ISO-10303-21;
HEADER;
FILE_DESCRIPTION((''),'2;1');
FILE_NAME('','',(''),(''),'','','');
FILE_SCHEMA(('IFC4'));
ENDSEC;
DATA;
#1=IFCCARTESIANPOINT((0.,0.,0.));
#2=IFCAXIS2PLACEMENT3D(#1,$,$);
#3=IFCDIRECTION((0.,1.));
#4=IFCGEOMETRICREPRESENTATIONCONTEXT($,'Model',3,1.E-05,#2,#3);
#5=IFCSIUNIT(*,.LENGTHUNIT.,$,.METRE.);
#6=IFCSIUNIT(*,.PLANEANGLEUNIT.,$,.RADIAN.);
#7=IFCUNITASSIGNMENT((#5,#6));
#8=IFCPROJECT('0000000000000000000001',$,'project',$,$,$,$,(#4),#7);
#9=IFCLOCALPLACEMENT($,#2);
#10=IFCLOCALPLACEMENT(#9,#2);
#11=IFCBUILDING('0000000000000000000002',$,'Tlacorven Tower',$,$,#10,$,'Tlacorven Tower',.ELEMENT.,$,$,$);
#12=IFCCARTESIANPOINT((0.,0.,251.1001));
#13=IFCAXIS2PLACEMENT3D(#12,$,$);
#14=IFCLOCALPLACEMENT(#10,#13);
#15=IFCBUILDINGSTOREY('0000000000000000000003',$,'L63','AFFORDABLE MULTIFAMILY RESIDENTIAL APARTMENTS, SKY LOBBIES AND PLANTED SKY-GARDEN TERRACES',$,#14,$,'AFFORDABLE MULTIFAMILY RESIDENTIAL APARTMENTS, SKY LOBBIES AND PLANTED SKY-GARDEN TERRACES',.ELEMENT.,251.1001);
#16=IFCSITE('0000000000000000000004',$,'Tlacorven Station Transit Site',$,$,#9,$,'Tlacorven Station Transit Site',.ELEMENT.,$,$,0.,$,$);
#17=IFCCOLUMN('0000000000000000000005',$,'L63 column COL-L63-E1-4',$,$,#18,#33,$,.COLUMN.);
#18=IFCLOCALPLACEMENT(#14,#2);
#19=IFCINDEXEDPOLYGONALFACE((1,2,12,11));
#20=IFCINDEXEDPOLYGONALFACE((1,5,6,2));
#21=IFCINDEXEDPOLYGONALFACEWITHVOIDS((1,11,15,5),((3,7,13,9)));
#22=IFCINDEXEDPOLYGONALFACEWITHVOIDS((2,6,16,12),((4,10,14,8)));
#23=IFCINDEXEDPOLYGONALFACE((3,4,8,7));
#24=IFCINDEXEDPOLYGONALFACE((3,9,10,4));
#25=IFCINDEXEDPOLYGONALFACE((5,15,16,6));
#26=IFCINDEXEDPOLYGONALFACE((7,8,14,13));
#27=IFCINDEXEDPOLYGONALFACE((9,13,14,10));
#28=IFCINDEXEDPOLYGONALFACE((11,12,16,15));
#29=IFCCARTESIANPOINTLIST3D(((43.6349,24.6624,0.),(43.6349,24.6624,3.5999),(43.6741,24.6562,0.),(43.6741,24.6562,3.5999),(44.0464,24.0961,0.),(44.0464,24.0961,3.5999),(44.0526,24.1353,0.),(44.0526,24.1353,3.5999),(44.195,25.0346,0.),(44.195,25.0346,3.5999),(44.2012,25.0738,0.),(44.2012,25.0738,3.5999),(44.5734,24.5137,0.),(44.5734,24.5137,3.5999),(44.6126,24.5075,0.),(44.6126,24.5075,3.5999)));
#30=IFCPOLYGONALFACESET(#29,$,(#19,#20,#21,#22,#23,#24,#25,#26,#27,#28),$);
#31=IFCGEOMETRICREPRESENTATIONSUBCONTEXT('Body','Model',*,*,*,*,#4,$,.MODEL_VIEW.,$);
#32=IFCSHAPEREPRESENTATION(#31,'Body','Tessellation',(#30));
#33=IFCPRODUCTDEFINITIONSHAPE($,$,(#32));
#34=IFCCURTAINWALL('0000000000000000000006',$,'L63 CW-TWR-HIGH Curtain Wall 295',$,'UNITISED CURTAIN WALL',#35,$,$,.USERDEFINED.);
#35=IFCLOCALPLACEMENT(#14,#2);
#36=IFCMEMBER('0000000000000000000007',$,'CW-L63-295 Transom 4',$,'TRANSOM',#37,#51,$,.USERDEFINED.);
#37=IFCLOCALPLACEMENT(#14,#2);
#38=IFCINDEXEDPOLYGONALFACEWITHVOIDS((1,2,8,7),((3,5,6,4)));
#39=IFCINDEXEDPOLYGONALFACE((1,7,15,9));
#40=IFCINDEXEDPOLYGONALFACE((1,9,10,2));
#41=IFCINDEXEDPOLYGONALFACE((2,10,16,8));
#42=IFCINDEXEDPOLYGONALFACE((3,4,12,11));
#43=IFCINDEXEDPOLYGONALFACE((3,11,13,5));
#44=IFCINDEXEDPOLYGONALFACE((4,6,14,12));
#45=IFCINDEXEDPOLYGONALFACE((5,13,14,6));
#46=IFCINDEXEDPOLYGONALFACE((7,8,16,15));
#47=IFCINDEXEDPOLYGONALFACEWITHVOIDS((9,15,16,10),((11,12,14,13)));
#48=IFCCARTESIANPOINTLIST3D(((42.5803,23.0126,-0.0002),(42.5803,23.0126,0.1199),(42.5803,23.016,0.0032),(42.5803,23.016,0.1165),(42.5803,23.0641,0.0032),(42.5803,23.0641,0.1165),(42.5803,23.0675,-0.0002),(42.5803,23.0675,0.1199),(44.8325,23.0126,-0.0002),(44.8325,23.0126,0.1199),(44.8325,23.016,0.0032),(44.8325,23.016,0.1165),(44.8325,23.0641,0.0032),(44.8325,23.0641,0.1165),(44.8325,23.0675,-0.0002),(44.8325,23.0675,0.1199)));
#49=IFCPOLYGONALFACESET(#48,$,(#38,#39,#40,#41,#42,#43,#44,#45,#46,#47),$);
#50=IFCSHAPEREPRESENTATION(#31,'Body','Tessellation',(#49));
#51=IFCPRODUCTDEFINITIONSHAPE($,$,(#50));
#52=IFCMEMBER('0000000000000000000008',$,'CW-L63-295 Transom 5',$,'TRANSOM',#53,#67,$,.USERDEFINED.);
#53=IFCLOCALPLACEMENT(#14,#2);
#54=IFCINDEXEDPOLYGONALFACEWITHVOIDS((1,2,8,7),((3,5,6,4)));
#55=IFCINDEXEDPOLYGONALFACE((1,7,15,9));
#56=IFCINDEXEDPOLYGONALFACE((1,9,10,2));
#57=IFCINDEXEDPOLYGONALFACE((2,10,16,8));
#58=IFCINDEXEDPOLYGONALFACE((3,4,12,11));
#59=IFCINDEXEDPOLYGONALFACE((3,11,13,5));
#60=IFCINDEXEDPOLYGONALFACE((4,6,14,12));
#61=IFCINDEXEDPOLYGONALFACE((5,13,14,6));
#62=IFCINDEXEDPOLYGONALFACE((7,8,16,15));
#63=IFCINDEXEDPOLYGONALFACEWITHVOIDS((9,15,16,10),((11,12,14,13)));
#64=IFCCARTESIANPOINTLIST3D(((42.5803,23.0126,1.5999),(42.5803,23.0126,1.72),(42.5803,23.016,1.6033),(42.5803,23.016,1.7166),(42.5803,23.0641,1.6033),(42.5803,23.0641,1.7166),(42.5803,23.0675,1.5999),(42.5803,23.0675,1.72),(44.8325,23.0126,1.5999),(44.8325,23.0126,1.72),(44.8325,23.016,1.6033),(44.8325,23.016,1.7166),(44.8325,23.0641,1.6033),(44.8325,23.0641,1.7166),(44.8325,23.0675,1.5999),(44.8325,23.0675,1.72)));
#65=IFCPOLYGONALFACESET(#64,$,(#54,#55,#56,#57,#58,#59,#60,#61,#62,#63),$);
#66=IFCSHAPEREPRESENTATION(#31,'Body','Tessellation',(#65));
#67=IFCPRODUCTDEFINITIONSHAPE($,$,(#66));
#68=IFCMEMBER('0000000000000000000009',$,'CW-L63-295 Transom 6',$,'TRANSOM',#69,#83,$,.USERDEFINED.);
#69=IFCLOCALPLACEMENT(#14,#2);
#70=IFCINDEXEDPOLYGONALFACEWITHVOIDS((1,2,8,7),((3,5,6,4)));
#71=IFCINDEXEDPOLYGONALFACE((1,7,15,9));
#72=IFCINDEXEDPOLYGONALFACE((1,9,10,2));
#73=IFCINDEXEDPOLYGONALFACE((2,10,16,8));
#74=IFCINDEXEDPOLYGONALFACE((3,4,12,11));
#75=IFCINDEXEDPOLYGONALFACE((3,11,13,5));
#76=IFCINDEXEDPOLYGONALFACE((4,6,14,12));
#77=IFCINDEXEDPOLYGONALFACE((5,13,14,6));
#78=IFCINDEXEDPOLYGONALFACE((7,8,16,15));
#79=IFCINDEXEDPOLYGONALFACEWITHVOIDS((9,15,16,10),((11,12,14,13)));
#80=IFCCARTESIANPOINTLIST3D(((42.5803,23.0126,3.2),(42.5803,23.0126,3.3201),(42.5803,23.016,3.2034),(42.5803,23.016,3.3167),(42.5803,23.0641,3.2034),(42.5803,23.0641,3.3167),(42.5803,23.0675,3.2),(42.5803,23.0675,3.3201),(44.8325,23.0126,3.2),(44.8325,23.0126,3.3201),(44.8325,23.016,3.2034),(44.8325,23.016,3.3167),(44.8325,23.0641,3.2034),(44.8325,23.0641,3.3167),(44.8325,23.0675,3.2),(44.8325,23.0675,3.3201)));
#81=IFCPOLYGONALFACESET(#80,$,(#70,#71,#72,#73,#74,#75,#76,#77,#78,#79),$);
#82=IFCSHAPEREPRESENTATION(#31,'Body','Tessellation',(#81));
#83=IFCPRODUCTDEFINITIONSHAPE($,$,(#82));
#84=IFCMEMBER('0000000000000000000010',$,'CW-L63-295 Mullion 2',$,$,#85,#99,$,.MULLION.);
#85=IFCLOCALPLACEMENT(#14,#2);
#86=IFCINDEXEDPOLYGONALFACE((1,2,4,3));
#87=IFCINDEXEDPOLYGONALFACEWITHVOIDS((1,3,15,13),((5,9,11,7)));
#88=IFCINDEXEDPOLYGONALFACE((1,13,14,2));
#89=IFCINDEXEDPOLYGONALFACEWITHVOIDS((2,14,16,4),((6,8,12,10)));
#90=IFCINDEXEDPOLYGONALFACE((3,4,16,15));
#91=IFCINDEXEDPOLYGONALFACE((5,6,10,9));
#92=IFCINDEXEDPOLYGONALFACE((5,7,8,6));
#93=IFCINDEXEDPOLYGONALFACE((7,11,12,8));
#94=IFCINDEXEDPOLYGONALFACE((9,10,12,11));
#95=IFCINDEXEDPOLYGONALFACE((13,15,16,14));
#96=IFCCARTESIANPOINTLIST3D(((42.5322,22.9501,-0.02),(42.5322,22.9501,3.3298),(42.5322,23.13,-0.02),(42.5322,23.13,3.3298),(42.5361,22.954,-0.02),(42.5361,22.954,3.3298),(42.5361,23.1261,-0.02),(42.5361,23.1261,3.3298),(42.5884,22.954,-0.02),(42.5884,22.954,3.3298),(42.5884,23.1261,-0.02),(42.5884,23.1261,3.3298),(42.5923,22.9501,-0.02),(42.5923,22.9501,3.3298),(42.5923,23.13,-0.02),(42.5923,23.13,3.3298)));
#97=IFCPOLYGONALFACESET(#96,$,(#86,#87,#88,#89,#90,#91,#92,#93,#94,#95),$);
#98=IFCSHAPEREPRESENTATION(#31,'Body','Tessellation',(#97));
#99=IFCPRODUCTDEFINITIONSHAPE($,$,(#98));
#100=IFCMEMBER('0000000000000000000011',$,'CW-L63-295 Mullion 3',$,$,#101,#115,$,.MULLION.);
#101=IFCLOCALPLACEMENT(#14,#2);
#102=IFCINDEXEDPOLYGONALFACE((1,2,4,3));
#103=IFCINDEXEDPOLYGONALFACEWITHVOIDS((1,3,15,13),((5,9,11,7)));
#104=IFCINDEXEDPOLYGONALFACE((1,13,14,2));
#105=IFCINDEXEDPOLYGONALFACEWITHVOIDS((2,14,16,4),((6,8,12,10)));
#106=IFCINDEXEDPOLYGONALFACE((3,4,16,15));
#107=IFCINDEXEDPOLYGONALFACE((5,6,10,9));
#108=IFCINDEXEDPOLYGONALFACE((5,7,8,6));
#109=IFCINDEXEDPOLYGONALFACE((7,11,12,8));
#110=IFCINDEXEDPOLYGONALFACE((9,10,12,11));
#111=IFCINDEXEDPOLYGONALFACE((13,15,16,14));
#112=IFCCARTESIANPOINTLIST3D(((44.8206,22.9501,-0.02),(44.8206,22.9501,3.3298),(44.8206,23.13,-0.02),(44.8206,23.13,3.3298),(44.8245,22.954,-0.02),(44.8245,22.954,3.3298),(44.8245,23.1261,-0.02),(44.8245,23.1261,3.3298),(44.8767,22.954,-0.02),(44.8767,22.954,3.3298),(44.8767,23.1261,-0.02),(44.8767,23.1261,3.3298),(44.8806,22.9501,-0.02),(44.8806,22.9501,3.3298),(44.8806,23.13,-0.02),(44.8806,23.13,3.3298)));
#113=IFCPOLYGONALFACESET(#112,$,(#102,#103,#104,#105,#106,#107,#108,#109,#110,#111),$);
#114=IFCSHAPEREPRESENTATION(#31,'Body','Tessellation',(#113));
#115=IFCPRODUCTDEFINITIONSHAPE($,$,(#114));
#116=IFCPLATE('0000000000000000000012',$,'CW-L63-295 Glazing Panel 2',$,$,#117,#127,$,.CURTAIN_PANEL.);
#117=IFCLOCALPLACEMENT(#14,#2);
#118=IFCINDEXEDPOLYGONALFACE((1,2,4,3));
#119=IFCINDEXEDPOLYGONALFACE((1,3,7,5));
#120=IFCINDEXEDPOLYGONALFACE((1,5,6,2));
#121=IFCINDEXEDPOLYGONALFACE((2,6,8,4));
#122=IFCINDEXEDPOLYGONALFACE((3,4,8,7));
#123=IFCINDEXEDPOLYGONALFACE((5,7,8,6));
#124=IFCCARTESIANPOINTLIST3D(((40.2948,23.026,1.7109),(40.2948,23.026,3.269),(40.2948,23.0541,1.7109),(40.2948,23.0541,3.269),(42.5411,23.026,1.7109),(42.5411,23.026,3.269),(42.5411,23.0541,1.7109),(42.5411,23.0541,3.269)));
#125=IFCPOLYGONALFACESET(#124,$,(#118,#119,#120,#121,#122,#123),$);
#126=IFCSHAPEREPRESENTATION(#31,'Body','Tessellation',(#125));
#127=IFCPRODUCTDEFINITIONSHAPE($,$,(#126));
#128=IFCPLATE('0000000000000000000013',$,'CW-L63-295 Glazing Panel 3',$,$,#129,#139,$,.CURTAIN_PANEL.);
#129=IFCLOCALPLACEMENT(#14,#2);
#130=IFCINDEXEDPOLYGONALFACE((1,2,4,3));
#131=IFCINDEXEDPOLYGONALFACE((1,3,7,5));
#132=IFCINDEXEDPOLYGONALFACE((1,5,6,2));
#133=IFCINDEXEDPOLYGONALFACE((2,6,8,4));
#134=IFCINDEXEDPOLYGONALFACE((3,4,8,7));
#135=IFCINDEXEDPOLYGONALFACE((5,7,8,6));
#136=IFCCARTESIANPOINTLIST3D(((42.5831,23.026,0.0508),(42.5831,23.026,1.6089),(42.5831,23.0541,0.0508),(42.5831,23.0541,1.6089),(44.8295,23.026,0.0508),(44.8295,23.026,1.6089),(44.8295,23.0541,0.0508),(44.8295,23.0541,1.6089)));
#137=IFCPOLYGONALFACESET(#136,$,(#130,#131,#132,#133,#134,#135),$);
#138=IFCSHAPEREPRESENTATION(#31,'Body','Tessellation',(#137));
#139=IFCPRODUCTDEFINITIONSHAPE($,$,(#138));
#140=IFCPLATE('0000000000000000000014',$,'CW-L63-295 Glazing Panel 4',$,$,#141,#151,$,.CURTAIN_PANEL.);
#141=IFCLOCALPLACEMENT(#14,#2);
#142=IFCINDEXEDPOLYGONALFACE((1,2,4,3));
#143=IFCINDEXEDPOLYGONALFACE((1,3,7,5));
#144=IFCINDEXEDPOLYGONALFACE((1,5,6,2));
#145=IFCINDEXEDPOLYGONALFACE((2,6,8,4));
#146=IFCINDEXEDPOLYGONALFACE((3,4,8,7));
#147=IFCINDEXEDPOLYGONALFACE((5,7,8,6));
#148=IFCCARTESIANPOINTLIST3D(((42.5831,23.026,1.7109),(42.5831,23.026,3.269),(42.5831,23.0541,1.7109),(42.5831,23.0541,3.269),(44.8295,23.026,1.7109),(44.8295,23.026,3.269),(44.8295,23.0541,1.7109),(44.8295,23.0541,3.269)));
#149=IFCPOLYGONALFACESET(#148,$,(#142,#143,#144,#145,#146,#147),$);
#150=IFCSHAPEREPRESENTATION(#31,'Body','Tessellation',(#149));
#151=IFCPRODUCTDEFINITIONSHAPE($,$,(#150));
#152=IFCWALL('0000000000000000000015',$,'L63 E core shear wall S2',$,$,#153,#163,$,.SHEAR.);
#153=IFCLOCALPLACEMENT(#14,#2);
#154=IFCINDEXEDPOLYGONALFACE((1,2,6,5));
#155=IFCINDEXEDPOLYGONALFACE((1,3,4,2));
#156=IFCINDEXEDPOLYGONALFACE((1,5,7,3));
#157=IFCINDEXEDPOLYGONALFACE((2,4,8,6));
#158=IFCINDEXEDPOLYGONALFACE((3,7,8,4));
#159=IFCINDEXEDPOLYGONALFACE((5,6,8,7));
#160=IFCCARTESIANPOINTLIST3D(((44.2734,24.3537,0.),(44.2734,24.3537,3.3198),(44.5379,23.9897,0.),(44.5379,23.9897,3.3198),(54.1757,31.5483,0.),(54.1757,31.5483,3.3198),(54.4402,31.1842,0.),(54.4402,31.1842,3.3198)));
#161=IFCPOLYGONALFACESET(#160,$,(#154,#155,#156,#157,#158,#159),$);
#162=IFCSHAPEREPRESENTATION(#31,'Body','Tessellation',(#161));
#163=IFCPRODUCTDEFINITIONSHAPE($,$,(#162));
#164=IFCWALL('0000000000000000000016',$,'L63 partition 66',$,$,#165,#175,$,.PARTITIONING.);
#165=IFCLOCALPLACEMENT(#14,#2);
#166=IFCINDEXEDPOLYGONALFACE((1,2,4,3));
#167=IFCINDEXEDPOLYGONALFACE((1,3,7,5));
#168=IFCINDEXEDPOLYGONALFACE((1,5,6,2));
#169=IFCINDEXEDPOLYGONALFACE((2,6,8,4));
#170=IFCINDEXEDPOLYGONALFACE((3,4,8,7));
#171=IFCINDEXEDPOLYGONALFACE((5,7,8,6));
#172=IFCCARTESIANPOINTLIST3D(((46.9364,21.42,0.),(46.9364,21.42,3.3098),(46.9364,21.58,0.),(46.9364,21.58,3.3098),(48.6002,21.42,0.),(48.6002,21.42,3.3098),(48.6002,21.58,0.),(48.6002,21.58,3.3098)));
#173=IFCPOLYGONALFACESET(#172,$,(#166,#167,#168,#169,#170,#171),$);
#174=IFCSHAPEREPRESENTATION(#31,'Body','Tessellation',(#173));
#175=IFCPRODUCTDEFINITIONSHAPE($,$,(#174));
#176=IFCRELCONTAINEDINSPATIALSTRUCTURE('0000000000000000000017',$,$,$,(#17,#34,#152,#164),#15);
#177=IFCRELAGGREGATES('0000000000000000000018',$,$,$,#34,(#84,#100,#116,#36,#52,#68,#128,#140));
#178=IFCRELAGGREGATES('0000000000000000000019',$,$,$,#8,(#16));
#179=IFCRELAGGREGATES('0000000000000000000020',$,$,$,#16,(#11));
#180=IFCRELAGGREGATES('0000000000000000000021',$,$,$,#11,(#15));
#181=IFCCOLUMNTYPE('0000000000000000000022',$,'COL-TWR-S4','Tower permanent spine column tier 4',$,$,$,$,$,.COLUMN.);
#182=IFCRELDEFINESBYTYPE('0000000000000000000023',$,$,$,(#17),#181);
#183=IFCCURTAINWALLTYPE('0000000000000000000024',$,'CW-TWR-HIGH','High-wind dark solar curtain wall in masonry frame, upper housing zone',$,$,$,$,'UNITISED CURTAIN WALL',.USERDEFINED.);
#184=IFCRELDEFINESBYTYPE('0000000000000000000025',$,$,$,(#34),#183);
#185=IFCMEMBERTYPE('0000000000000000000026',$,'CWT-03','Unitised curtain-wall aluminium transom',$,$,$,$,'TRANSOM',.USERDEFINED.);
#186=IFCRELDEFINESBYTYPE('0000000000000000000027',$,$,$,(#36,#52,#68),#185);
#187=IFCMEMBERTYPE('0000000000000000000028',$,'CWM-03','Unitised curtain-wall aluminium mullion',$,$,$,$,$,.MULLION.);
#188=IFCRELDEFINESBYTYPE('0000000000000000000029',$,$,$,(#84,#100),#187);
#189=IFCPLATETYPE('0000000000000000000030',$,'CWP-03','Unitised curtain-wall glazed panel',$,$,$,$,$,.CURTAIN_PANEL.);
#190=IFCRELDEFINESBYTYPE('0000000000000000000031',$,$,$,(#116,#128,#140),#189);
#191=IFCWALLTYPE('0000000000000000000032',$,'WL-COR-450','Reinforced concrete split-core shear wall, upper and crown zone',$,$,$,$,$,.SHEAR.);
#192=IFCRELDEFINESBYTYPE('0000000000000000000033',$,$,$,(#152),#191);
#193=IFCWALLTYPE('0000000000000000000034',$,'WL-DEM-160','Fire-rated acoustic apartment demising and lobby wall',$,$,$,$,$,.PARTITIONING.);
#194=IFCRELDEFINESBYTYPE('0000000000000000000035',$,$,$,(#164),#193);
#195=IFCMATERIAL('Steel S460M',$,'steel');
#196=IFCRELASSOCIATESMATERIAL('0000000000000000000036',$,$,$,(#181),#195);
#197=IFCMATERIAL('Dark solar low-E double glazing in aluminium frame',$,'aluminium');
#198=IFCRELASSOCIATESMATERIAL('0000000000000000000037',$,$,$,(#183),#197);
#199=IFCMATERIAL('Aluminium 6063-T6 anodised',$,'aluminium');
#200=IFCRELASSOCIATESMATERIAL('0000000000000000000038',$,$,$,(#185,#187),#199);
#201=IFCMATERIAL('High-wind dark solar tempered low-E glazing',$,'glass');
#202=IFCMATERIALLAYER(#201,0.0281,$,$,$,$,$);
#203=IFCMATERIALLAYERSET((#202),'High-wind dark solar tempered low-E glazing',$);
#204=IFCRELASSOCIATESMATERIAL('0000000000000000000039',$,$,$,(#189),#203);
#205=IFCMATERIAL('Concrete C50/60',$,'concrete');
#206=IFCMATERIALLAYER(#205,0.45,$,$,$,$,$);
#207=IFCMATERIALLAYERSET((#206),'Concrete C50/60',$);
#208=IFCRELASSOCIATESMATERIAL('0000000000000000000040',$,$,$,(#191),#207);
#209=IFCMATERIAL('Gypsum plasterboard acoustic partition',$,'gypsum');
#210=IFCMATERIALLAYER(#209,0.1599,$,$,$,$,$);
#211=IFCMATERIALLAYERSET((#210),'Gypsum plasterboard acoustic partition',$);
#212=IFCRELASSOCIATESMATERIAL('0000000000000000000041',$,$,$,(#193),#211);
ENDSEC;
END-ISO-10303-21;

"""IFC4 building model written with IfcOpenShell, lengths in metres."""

from ifc_helpers import new_model, si_unit, direction, frame, frame_2d, origin, origin_2d, place, context, subcontext, project, spatial, rectangle, hollow_rectangle, extrude, source, transform, mapped, material, layer, layer_set, material_profile, profile_set, type_object, element, aggregate, save


model = new_model("IFC4")

# Units and contexts
model_context = context("Model", 3, precision=1e-05, world=origin(), true_north=direction((0.0, 1.0)))
body_context = subcontext(model_context, "Body", "Model", "MODEL_VIEW")
ifc_project = project(units=[si_unit("LENGTHUNIT", "METRE"), si_unit("PLANEANGLEUNIT", "RADIAN")], contexts=[model_context])

# Site, building, storey
site_placement = place(None, origin())
site = spatial("IfcSite", under=ifc_project, at=site_placement, Name="Tlacorven Station Transit Site", LongName="Tlacorven Station Transit Site", CompositionType="ELEMENT", RefElevation=0.0)
building_placement = place(site_placement, origin())
building = spatial("IfcBuilding", under=site, at=building_placement, Name="Tlacorven Tower", LongName="Tlacorven Tower", CompositionType="ELEMENT")
storey_placement = place(building_placement, frame((0.0, 0.0, 251.1001)))
storey = spatial("IfcBuildingStorey", under=building, at=storey_placement, Name="L63", Description="AFFORDABLE MULTIFAMILY RESIDENTIAL APARTMENTS, SKY LOBBIES AND PLANTED SKY-GARDEN TERRACES", LongName="AFFORDABLE MULTIFAMILY RESIDENTIAL APARTMENTS, SKY LOBBIES AND PLANTED SKY-GARDEN TERRACES", CompositionType="ELEMENT", Elevation=251.1001)

# Column
ifc_material_1 = material(Name="Steel S460M", Category="steel")
ifc_material_profile_1 = material_profile(ifc_material_1, hollow_rectangle(XDim=0.7, YDim=0.7, WallThickness=0.0281, at=origin_2d()), Name="BOX 700X700X28")
ifc_profile_set_1 = profile_set([ifc_material_profile_1], Name="Steel S460M")
column_type = type_object("IfcColumnType", Name="COL-TWR-S4", Description="Tower permanent spine column tier 4", PredefinedType="COLUMN", material=ifc_profile_set_1)
shared_shape_1 = source(origin(), body_context, "Body", "SweptSolid", [
    extrude(hollow_rectangle(XDim=0.7, YDim=0.7, WallThickness=0.0281, at=origin_2d()), origin(), (0.0, 0.0, 1.0), 3.5999),
])
column_placement = place(storey_placement, frame((44.1238, 24.585, 0.0), z_axis=(0.0, 0.0, 1.0), x_axis=(0.809017, 0.587785, 0.0)))
element("IfcColumn", 1, at=column_placement, inside=storey, type_object=column_type, Name="L63 column COL-L63-E1-4", PredefinedType="COLUMN", context=body_context, shape_type="MappedRepresentation", body=[
    mapped(shared_shape_1, transform((0.0, 0.0, 0.0), scale=1.0)),
])

# Curtain wall, members, plates
ifc_material_2 = material(Name="Dark solar low-E double glazing in aluminium frame", Category="aluminium")
curtain_wall_type = type_object("IfcCurtainWallType", Name="CW-TWR-HIGH", Description="High-wind dark solar curtain wall in masonry frame, upper housing zone", ElementType="UNITISED CURTAIN WALL", PredefinedType="USERDEFINED", material=ifc_material_2)
curtain_wall_placement = place(storey_placement, origin())
curtain_wall = element("IfcCurtainWall", 2, at=curtain_wall_placement, inside=storey, type_object=curtain_wall_type, Name="L63 CW-TWR-HIGH Curtain Wall 295", ObjectType="UNITISED CURTAIN WALL", PredefinedType="USERDEFINED")
ifc_material_3 = material(Name="Aluminium 6063-T6 anodised", Category="aluminium")
ifc_material_profile_2 = material_profile(ifc_material_3, hollow_rectangle(XDim=0.0549, YDim=0.1201, WallThickness=0.0034, at=origin_2d()), Name="ALU TRANSOM 55X120")
ifc_profile_set_2 = profile_set([ifc_material_profile_2], Name="Aluminium 6063-T6 anodised")
member_type_1 = type_object("IfcMemberType", Name="CWT-03", Description="Unitised curtain-wall aluminium transom", ElementType="TRANSOM", PredefinedType="USERDEFINED", material=ifc_profile_set_2)
shared_shape_2 = source(origin(), body_context, "Body", "SweptSolid", [
    extrude(hollow_rectangle(XDim=0.0549, YDim=0.1201, WallThickness=0.0034, at=origin_2d()), origin(), (0.0, 0.0, 1.0), 2.2522),
])
member_1_placement = place(storey_placement, frame((42.5803, 23.04, 0.0598), z_axis=(1.0, 0.0, 0.0), x_axis=(0.0, 1.0, 0.0)))
member_1 = element("IfcMember", 3, at=member_1_placement, type_object=member_type_1, Name="CW-L63-295 Transom 4", ObjectType="TRANSOM", PredefinedType="USERDEFINED", context=body_context, shape_type="MappedRepresentation", body=[
    mapped(shared_shape_2, transform((0.0, 0.0, 0.0), scale=1.0)),
])
member_2_placement = place(storey_placement, frame((42.5803, 23.04, 1.6599), z_axis=(1.0, 0.0, 0.0), x_axis=(0.0, 1.0, 0.0)))
member_2 = element("IfcMember", 4, at=member_2_placement, type_object=member_type_1, Name="CW-L63-295 Transom 5", ObjectType="TRANSOM", PredefinedType="USERDEFINED", context=body_context, shape_type="MappedRepresentation", body=[
    mapped(shared_shape_2, transform((0.0, 0.0, 0.0), scale=1.0)),
])
member_3_placement = place(storey_placement, frame((42.5803, 23.04, 3.26), z_axis=(1.0, 0.0, 0.0), x_axis=(0.0, 1.0, 0.0)))
member_3 = element("IfcMember", 5, at=member_3_placement, type_object=member_type_1, Name="CW-L63-295 Transom 6", ObjectType="TRANSOM", PredefinedType="USERDEFINED", context=body_context, shape_type="MappedRepresentation", body=[
    mapped(shared_shape_2, transform((0.0, 0.0, 0.0), scale=1.0)),
])
ifc_material_profile_3 = material_profile(ifc_material_3, hollow_rectangle(XDim=0.0601, YDim=0.1799, WallThickness=0.0039, at=origin_2d()), Name="ALU MULLION 60X180")
ifc_profile_set_3 = profile_set([ifc_material_profile_3], Name="Aluminium 6063-T6 anodised")
member_type_2 = type_object("IfcMemberType", Name="CWM-03", Description="Unitised curtain-wall aluminium mullion", PredefinedType="MULLION", material=ifc_profile_set_3)
shared_shape_3 = source(origin(), body_context, "Body", "SweptSolid", [
    extrude(hollow_rectangle(XDim=0.0601, YDim=0.1799, WallThickness=0.0039, at=origin_2d()), origin(), (0.0, 0.0, 1.0), 3.3499),
])
member_4_placement = place(storey_placement, frame((42.5623, 23.04, -0.02), z_axis=(0.0, 0.0, 1.0), x_axis=(1.0, 0.0, 0.0)))
member_4 = element("IfcMember", 6, at=member_4_placement, type_object=member_type_2, Name="CW-L63-295 Mullion 2", PredefinedType="MULLION", context=body_context, shape_type="MappedRepresentation", body=[
    mapped(shared_shape_3, transform((0.0, 0.0, 0.0), scale=1.0)),
])
member_5_placement = place(storey_placement, frame((44.8506, 23.04, -0.02), z_axis=(0.0, 0.0, 1.0), x_axis=(1.0, 0.0, 0.0)))
member_5 = element("IfcMember", 7, at=member_5_placement, type_object=member_type_2, Name="CW-L63-295 Mullion 3", PredefinedType="MULLION", context=body_context, shape_type="MappedRepresentation", body=[
    mapped(shared_shape_3, transform((0.0, 0.0, 0.0), scale=1.0)),
])
ifc_material_4 = material(Name="High-wind dark solar tempered low-E glazing", Category="glass")
ifc_layer_1 = layer(ifc_material_4, 0.0281)
ifc_layer_set_1 = layer_set([ifc_layer_1], Name="High-wind dark solar tempered low-E glazing")
plate_type = type_object("IfcPlateType", Name="CWP-03", Description="Unitised curtain-wall glazed panel", PredefinedType="CURTAIN_PANEL", material=ifc_layer_set_1)
shared_shape_4 = source(origin(), body_context, "Body", "SweptSolid", [
    extrude(rectangle(XDim=2.2463, YDim=0.0281, at=origin_2d()), origin(), (0.0, 0.0, 1.0), 1.5581),
])
plate_1_placement = place(storey_placement, frame((41.418, 23.04, 1.7109), z_axis=(0.0, 0.0, 1.0), x_axis=(1.0, 0.0, 0.0)))
plate_1 = element("IfcPlate", 8, at=plate_1_placement, type_object=plate_type, Name="CW-L63-295 Glazing Panel 2", PredefinedType="CURTAIN_PANEL", context=body_context, shape_type="MappedRepresentation", body=[
    mapped(shared_shape_4, transform((0.0, 0.0, 0.0), scale=1.0)),
])
plate_2_placement = place(storey_placement, frame((43.7063, 23.04, 0.0508), z_axis=(0.0, 0.0, 1.0), x_axis=(1.0, 0.0, 0.0)))
plate_2 = element("IfcPlate", 9, at=plate_2_placement, type_object=plate_type, Name="CW-L63-295 Glazing Panel 3", PredefinedType="CURTAIN_PANEL", context=body_context, shape_type="MappedRepresentation", body=[
    mapped(shared_shape_4, transform((0.0, 0.0, 0.0), scale=1.0)),
])
plate_3_placement = place(storey_placement, frame((43.7063, 23.04, 1.7109), z_axis=(0.0, 0.0, 1.0), x_axis=(1.0, 0.0, 0.0)))
plate_3 = element("IfcPlate", 10, at=plate_3_placement, type_object=plate_type, Name="CW-L63-295 Glazing Panel 4", PredefinedType="CURTAIN_PANEL", context=body_context, shape_type="MappedRepresentation", body=[
    mapped(shared_shape_4, transform((0.0, 0.0, 0.0), scale=1.0)),
])
aggregate(curtain_wall, [member_4, member_5, plate_1, member_1, member_2, member_3, plate_2, plate_3])

# Walls
ifc_material_5 = material(Name="Concrete C50/60", Category="concrete")
ifc_layer_2 = layer(ifc_material_5, 0.45)
ifc_layer_set_2 = layer_set([ifc_layer_2], Name="Concrete C50/60")
wall_type_1 = type_object("IfcWallType", Name="WL-COR-450", Description="Reinforced concrete split-core shear wall, upper and crown zone", PredefinedType="SHEAR", material=ifc_layer_set_2)
wall_1_placement = place(storey_placement, frame((44.4055, 24.1716, 0.0), z_axis=(0.0, 0.0, 1.0), x_axis=(0.809013, 0.587791, 0.0)))
element("IfcWall", 11, at=wall_1_placement, inside=storey, type_object=wall_type_1, Name="L63 E core shear wall S2", PredefinedType="SHEAR", context=body_context, shape_type="SweptSolid", body=[
    extrude(rectangle(XDim=12.24, YDim=0.45, at=frame_2d((6.1201, 0.0))), origin(), (0.0, 0.0, 1.0), 3.3198),
])
ifc_material_6 = material(Name="Gypsum plasterboard acoustic partition", Category="gypsum")
ifc_layer_3 = layer(ifc_material_6, 0.1599)
ifc_layer_set_3 = layer_set([ifc_layer_3], Name="Gypsum plasterboard acoustic partition")
wall_type_2 = type_object("IfcWallType", Name="WL-DEM-160", Description="Fire-rated acoustic apartment demising and lobby wall", PredefinedType="PARTITIONING", material=ifc_layer_set_3)
wall_2_placement = place(storey_placement, frame((46.9363, 21.5, 0.0), z_axis=(0.0, 0.0, 1.0), x_axis=(1.0, 0.0, 0.0)))
element("IfcWall", 12, at=wall_2_placement, inside=storey, type_object=wall_type_2, Name="L63 partition 66", PredefinedType="PARTITIONING", context=body_context, shape_type="SweptSolid", body=[
    extrude(rectangle(XDim=1.6638, YDim=0.1599, at=frame_2d((0.832, 0.0))), origin(), (0.0, 0.0, 1.0), 3.3098),
])

save(model, "model.ifc")
